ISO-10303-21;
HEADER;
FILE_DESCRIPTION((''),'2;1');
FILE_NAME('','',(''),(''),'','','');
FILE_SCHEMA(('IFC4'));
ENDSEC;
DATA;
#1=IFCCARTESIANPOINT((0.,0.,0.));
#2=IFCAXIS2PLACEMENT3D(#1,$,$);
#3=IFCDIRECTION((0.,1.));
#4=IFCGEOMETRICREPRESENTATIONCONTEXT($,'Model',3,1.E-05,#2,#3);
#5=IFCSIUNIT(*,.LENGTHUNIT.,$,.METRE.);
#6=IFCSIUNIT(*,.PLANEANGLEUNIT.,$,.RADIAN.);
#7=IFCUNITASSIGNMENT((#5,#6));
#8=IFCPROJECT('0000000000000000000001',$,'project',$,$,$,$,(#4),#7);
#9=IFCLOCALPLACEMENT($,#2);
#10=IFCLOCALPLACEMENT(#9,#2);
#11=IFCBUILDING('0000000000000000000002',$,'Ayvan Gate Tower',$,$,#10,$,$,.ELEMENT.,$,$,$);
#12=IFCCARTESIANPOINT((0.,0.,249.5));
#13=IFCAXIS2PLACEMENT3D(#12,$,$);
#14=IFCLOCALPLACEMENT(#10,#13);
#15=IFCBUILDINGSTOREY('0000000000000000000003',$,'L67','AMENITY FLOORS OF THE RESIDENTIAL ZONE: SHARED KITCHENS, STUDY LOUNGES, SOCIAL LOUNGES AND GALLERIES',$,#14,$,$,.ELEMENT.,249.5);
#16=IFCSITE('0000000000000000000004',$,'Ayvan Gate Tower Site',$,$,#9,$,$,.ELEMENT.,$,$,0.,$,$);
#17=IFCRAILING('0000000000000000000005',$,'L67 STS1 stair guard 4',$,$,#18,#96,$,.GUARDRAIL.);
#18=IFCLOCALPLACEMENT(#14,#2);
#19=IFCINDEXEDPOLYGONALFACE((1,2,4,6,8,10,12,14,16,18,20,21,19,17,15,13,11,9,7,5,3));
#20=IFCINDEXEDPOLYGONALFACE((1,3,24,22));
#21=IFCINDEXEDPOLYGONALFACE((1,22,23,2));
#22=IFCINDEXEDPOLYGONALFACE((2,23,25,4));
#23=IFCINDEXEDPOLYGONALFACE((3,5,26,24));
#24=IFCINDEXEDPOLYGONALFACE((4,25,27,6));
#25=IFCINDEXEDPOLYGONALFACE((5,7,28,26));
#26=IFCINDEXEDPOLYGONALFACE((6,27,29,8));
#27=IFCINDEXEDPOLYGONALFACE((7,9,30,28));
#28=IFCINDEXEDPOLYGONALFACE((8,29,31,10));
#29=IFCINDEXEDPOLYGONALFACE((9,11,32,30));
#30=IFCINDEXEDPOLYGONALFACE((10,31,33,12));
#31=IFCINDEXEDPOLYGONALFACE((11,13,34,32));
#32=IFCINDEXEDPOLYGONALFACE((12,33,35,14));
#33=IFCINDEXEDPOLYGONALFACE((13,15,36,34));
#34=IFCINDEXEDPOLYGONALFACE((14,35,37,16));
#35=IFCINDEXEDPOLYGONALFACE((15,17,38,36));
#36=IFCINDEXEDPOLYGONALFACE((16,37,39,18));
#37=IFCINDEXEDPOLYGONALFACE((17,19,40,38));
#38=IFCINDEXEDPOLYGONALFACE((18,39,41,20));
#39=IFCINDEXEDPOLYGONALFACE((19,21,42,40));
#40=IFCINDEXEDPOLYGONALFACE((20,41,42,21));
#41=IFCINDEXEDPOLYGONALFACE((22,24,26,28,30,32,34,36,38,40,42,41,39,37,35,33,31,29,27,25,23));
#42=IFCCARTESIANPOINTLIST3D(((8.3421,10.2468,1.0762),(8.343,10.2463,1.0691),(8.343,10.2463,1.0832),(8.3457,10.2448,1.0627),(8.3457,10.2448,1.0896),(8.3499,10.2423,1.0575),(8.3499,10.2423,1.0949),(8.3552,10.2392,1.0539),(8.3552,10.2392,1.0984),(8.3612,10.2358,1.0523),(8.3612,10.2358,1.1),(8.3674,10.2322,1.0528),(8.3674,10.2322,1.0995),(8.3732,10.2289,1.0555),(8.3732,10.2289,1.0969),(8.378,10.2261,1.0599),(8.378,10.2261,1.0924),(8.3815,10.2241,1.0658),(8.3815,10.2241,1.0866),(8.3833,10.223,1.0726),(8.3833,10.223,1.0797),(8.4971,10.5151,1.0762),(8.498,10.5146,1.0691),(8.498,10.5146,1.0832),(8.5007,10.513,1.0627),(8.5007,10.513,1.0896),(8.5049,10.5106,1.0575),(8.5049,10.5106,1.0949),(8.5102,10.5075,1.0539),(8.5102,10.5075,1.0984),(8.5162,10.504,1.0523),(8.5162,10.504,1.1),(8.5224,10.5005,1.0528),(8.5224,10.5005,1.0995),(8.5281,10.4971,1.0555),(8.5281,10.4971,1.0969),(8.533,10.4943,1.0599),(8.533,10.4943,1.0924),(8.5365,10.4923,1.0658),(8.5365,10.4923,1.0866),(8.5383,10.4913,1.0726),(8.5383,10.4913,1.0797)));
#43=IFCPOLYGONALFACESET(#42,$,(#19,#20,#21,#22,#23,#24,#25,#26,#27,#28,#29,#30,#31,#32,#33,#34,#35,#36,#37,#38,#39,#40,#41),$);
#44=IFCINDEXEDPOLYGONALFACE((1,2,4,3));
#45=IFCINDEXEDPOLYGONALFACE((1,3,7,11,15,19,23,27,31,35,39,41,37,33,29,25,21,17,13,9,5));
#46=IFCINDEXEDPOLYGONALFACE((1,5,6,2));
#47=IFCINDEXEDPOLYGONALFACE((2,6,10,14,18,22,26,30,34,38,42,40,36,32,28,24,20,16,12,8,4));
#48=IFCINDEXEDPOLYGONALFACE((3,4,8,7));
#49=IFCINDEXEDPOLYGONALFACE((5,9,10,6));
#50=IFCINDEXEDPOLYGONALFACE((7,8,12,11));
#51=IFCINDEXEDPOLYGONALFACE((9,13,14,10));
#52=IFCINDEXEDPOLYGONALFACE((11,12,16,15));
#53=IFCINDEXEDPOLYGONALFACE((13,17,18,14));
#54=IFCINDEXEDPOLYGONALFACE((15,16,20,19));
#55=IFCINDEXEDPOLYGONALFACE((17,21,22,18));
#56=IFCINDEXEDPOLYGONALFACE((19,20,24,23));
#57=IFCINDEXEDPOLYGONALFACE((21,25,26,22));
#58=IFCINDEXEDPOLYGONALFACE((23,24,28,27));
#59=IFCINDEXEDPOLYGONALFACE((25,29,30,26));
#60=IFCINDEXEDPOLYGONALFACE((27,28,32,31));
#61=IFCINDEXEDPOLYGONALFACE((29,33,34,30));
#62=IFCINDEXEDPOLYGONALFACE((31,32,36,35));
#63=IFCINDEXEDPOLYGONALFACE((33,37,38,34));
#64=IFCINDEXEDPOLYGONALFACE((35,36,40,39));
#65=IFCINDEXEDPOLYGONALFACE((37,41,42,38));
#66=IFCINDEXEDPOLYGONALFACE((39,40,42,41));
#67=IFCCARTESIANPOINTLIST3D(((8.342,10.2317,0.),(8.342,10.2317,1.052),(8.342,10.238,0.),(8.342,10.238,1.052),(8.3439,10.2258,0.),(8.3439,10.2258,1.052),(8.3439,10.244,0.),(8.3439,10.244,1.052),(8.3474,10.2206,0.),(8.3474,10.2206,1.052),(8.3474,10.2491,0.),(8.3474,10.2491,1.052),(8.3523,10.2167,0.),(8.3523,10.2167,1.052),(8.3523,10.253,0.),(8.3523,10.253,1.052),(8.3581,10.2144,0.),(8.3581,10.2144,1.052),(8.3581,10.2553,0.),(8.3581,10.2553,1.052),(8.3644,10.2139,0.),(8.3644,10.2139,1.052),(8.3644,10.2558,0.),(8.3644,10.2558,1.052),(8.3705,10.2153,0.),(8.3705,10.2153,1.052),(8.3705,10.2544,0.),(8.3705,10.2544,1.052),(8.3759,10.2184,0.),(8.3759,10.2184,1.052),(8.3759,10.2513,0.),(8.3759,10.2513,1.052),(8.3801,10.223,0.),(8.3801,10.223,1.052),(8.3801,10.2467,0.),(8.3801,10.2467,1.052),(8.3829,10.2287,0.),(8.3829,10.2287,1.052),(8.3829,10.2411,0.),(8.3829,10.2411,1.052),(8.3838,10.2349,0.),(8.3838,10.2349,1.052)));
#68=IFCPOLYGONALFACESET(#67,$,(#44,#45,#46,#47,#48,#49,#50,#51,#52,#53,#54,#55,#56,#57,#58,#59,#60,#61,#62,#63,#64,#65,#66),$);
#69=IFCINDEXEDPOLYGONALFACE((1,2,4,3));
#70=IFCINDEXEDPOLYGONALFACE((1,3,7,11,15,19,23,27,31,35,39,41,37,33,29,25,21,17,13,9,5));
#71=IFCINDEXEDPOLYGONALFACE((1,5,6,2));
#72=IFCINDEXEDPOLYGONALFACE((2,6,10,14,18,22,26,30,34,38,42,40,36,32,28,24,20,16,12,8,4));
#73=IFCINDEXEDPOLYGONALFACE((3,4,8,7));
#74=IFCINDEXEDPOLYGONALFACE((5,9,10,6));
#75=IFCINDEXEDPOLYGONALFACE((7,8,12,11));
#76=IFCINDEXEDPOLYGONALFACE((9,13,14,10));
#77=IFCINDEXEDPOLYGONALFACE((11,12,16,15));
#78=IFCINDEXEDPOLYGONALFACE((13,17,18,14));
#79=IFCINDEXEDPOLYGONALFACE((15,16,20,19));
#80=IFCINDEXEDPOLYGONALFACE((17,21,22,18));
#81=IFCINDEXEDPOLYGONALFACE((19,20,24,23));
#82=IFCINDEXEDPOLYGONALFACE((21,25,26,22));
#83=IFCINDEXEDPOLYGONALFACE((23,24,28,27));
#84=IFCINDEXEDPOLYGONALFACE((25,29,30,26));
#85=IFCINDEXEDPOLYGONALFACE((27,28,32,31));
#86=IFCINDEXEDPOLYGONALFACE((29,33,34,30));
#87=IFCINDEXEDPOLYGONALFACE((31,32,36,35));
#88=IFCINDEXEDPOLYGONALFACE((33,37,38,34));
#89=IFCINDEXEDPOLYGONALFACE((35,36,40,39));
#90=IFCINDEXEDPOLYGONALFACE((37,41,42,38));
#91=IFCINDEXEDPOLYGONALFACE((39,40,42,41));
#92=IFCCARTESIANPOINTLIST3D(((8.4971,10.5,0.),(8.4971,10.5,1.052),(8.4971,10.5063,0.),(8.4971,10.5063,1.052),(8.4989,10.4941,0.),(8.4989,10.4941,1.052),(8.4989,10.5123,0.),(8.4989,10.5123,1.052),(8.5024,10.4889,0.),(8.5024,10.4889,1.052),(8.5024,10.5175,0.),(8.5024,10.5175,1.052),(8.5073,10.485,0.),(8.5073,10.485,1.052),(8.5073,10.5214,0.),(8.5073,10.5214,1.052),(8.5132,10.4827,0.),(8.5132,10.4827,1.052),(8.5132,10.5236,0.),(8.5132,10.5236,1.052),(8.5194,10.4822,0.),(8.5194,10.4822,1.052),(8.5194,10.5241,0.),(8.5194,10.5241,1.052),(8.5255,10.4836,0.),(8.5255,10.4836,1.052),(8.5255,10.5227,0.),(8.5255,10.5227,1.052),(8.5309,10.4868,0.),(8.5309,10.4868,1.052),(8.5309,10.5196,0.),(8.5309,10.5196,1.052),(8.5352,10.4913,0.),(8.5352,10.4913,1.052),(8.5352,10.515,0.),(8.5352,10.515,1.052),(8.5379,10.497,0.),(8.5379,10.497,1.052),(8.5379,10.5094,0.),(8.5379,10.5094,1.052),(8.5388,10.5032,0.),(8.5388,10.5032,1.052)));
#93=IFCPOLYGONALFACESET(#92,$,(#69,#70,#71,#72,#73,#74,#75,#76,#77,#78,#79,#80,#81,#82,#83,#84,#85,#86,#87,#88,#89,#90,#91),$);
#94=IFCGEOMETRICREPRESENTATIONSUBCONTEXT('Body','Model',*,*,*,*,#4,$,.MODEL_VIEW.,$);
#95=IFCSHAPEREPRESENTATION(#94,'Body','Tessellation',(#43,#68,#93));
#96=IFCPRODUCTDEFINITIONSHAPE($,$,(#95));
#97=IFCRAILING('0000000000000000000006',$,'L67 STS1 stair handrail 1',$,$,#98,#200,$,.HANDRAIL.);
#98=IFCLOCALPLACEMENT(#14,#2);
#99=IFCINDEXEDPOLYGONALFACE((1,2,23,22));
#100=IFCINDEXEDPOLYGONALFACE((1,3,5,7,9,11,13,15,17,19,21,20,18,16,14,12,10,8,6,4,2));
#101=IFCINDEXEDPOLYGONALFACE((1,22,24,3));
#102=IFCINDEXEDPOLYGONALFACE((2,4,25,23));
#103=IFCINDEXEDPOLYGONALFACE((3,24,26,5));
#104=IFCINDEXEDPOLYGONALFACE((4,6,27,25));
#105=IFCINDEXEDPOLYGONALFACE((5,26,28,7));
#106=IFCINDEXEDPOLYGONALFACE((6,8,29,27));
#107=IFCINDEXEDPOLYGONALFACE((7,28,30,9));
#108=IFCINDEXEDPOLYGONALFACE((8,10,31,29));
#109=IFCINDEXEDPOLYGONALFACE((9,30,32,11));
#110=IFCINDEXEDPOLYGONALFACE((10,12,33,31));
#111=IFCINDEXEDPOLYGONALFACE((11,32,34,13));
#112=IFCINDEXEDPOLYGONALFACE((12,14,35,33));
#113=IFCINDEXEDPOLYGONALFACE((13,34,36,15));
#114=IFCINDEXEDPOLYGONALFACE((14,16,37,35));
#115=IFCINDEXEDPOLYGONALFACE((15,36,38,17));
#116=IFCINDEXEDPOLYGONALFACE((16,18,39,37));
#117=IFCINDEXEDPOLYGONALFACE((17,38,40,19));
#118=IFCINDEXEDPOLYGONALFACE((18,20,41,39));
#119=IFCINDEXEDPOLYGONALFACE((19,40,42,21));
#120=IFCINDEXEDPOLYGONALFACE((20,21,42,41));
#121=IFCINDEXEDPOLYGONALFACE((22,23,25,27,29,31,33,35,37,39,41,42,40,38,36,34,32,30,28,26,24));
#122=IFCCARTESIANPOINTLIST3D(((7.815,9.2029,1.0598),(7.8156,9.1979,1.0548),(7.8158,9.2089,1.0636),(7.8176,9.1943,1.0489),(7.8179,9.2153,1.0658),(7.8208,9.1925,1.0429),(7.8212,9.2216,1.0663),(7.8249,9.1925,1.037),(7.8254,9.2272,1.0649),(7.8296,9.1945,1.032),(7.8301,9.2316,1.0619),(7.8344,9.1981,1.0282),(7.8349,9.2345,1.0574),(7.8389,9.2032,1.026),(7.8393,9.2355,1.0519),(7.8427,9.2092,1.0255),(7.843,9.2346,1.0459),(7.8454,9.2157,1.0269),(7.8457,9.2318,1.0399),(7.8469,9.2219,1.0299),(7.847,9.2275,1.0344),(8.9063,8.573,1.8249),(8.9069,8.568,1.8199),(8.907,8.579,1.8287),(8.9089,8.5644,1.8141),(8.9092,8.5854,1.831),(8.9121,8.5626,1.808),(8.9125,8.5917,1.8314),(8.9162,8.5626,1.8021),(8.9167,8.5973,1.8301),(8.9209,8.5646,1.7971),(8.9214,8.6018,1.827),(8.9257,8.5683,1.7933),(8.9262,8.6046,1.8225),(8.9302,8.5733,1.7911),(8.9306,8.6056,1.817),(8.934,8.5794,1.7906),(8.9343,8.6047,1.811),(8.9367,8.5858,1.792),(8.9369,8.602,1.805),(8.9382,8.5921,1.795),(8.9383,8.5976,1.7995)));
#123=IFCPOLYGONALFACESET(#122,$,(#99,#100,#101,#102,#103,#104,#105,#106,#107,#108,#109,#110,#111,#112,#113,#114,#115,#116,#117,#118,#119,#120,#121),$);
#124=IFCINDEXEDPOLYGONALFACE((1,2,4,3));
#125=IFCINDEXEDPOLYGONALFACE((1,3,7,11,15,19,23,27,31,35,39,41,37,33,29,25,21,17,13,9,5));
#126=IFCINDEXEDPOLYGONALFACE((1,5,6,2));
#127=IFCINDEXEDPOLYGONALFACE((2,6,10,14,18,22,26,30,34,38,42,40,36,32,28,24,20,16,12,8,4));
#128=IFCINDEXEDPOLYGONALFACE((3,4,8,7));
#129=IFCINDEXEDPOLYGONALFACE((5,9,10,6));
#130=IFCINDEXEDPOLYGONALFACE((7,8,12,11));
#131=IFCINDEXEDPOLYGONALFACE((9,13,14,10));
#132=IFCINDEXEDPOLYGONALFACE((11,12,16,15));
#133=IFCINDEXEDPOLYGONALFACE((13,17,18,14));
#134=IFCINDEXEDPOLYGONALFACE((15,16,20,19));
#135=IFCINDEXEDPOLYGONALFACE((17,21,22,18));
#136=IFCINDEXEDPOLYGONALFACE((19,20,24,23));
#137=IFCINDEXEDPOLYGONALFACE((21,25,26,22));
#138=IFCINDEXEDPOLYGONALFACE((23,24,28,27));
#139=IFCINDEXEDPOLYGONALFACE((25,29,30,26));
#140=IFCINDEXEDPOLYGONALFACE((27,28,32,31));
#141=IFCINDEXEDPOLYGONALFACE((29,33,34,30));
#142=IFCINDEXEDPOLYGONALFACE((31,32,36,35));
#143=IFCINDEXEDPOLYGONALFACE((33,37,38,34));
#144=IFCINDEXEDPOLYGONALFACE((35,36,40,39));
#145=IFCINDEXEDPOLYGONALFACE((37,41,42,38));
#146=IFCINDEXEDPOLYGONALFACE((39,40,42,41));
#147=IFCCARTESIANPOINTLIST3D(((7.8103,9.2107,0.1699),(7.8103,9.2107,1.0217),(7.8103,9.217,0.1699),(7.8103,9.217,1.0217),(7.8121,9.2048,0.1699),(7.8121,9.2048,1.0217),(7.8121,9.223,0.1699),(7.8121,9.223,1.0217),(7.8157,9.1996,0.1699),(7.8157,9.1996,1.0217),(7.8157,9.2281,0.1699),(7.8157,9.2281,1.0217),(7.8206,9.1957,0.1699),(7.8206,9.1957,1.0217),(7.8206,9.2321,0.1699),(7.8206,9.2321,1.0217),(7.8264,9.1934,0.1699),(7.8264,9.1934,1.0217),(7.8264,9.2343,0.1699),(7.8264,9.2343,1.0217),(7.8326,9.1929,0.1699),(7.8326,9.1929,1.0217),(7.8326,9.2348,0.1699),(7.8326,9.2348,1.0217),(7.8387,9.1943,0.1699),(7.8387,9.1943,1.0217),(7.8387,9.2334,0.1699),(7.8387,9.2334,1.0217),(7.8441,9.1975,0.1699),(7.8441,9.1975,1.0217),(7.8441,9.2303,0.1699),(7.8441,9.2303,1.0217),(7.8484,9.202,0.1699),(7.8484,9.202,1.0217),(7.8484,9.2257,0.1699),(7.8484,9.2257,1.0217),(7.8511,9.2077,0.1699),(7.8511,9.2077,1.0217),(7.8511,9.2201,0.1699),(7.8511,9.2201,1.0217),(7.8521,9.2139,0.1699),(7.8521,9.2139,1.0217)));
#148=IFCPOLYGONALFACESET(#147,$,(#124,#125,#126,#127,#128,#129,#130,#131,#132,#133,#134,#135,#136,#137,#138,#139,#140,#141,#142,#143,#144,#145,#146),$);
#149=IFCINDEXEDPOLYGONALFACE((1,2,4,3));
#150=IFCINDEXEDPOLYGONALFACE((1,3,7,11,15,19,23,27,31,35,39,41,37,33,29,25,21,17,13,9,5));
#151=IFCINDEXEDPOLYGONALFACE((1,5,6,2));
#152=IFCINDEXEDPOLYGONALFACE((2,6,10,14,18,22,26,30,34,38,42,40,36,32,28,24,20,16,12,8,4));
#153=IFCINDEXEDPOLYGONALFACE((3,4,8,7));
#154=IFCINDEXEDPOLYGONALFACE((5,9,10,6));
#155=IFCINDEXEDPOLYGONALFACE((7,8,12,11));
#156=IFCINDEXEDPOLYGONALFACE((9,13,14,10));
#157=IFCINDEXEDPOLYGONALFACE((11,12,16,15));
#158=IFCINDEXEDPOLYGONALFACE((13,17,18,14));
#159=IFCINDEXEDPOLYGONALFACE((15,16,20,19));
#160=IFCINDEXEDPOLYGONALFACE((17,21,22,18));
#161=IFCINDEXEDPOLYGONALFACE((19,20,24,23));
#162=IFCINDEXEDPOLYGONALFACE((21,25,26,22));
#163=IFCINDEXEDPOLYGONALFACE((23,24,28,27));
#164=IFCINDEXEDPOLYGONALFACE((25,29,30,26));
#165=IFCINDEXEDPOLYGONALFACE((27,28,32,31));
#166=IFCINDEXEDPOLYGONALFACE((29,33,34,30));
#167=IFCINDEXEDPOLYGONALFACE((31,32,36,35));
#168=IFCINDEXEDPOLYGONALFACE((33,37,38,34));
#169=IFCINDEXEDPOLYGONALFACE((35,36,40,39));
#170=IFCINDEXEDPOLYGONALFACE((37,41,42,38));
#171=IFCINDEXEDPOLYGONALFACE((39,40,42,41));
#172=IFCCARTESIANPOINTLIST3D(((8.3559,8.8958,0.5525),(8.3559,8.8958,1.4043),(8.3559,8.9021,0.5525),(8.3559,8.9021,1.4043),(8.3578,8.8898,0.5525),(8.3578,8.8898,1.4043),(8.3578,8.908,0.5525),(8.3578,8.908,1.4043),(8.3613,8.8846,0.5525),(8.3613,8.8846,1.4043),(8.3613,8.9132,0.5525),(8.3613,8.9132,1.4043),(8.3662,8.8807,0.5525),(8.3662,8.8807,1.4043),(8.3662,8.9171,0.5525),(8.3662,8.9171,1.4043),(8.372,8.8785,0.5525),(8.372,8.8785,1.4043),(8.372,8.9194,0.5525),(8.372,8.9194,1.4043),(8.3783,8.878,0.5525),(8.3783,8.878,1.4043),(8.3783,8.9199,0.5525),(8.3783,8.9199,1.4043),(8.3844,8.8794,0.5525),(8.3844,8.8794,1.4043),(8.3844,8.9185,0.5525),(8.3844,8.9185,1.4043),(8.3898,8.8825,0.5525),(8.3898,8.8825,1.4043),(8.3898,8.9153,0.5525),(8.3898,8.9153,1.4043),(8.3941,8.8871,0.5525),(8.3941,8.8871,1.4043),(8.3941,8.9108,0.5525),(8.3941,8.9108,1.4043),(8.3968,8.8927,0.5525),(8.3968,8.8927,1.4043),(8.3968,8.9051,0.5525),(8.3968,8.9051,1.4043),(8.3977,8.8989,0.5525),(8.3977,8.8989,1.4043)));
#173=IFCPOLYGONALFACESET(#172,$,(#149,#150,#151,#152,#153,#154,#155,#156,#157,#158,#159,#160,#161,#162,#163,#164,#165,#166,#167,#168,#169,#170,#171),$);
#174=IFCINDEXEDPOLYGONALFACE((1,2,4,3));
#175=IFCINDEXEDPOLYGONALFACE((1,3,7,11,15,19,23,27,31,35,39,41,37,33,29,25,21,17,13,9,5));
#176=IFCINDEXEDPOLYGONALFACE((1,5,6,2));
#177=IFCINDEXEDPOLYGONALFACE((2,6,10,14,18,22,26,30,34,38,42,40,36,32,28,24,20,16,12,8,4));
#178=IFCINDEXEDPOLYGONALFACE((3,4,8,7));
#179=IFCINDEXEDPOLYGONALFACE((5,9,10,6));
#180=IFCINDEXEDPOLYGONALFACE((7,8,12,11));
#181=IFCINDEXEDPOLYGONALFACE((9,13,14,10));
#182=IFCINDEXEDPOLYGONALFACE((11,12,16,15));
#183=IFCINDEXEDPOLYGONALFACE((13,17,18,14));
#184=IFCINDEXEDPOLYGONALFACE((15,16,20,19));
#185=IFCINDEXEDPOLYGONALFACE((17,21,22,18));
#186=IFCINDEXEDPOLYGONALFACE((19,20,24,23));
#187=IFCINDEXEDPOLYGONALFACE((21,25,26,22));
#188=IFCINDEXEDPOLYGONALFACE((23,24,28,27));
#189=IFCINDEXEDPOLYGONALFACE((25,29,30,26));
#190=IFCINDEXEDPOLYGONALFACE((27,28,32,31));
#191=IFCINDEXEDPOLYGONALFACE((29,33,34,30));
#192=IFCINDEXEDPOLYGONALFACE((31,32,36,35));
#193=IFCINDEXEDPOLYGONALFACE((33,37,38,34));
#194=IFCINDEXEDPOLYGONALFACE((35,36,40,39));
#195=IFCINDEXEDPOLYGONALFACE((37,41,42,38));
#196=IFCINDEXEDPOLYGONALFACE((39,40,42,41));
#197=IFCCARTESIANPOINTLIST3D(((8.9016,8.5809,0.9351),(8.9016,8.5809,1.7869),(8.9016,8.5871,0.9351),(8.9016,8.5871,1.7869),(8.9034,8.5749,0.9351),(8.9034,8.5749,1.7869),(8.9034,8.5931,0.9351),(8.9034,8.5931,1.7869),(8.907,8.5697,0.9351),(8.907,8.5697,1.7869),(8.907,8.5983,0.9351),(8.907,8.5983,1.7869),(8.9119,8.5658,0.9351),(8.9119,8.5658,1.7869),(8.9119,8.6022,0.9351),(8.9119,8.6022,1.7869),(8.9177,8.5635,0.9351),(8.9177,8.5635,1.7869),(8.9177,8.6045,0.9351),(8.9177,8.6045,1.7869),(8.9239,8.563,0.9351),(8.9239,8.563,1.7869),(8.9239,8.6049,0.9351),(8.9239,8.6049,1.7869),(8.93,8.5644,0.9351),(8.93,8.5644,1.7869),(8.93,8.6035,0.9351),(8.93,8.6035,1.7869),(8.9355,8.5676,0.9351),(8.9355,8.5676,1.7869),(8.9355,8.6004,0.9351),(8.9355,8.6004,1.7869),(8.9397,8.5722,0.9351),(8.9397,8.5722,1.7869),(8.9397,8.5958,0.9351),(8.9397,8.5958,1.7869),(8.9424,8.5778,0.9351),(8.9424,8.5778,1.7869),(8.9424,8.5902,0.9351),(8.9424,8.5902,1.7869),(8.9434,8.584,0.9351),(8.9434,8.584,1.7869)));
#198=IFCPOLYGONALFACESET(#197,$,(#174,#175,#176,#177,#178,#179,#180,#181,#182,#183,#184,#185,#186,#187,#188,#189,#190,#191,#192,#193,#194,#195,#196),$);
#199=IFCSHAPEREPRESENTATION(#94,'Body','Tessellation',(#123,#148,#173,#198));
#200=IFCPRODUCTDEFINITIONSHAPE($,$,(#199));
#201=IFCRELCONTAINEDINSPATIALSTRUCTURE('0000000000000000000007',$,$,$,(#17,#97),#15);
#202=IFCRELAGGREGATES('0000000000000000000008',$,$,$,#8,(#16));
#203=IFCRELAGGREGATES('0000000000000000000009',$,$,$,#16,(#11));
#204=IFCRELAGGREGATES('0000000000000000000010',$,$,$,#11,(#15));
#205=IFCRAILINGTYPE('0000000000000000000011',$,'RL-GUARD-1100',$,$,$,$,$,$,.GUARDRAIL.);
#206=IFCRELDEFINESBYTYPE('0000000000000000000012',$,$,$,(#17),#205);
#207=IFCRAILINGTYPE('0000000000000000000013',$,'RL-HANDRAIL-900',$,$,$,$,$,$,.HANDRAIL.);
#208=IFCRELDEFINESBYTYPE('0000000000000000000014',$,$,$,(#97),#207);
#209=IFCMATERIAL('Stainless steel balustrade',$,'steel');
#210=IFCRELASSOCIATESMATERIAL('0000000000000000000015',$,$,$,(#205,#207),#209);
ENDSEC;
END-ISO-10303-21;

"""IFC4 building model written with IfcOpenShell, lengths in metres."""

from ifc_helpers import new_model, si_unit, direction, frame, origin, origin_2d, place, context, subcontext, project, spatial, circle, extrude, material, type_object, element, save


model = new_model("IFC4")

# Units and contexts
model_context = context("Model", 3, precision=1e-05, world=origin(), true_north=direction((0.0, 1.0)))
body_context = subcontext(model_context, "Body", "Model", "MODEL_VIEW")
ifc_project = project(units=[si_unit("LENGTHUNIT", "METRE"), si_unit("PLANEANGLEUNIT", "RADIAN")], contexts=[model_context])

# Site, building, storey
site_placement = place(None, origin())
site = spatial("IfcSite", under=ifc_project, at=site_placement, Name="Ayvan Gate Tower Site", CompositionType="ELEMENT", RefElevation=0.0)
building_placement = place(site_placement, origin())
building = spatial("IfcBuilding", under=site, at=building_placement, Name="Ayvan Gate Tower", CompositionType="ELEMENT")
storey_placement = place(building_placement, frame((0.0, 0.0, 249.5)))
storey = spatial("IfcBuildingStorey", under=building, at=storey_placement, Name="L67", Description="AMENITY FLOORS OF THE RESIDENTIAL ZONE: SHARED KITCHENS, STUDY LOUNGES, SOCIAL LOUNGES AND GALLERIES", CompositionType="ELEMENT", Elevation=249.5)

# Railings
ifc_material_1 = material(Name="Stainless steel balustrade", Category="steel")
railing_type_1 = type_object("IfcRailingType", Name="RL-GUARD-1100", PredefinedType="GUARDRAIL", material=ifc_material_1)
railing_1_placement = place(storey_placement, frame((8.3628, 10.2349, 0.0)))
element("IfcRailing", 1, at=railing_1_placement, inside=storey, type_object=railing_type_1, Name="L67 STS1 stair guard 4", PredefinedType="GUARDRAIL", context=body_context, shape_type="SweptSolid", body=[
    extrude(circle(Radius=0.0239, at=origin_2d()), frame((0.0, 0.0, 1.0762), z_axis=(0.500291, 0.865857, 0.0), x_axis=(-0.865857, 0.500291, 0.0)), (0.0, 0.0, 1.0), 0.3098),
    extrude(circle(Radius=0.021, at=origin_2d()), origin(), (0.0, 0.0, 1.0), 1.052),
    extrude(circle(Radius=0.021, at=origin_2d()), frame((0.155, 0.2683, 0.0)), (0.0, 0.0, 1.0), 1.052),
])
railing_type_2 = type_object("IfcRailingType", Name="RL-HANDRAIL-900", PredefinedType="HANDRAIL", material=ifc_material_1)
railing_2_placement = place(storey_placement, frame((7.8311, 9.2139, 0.1699)))
element("IfcRailing", 2, at=railing_2_placement, inside=storey, type_object=railing_type_2, Name="L67 STS1 stair handrail 1", PredefinedType="HANDRAIL", context=body_context, shape_type="SweptSolid", body=[
    extrude(circle(Radius=0.0239, at=origin_2d()), frame((0.0, 0.0, 0.876), z_axis=(0.740293, -0.427283, 0.519033), x_axis=(0.49989, 0.866089, 0.0)), (0.0, 0.0, 1.0), 1.4741),
    extrude(circle(Radius=0.021, at=origin_2d()), origin(), (0.0, 0.0, 1.0), 0.8518),
    extrude(circle(Radius=0.021, at=origin_2d()), frame((0.5457, -0.3149, 0.3826)), (0.0, 0.0, 1.0), 0.8518),
    extrude(circle(Radius=0.021, at=origin_2d()), frame((1.0913, -0.6299, 0.7651)), (0.0, 0.0, 1.0), 0.8518),
])

save(model, "model.ifc")
